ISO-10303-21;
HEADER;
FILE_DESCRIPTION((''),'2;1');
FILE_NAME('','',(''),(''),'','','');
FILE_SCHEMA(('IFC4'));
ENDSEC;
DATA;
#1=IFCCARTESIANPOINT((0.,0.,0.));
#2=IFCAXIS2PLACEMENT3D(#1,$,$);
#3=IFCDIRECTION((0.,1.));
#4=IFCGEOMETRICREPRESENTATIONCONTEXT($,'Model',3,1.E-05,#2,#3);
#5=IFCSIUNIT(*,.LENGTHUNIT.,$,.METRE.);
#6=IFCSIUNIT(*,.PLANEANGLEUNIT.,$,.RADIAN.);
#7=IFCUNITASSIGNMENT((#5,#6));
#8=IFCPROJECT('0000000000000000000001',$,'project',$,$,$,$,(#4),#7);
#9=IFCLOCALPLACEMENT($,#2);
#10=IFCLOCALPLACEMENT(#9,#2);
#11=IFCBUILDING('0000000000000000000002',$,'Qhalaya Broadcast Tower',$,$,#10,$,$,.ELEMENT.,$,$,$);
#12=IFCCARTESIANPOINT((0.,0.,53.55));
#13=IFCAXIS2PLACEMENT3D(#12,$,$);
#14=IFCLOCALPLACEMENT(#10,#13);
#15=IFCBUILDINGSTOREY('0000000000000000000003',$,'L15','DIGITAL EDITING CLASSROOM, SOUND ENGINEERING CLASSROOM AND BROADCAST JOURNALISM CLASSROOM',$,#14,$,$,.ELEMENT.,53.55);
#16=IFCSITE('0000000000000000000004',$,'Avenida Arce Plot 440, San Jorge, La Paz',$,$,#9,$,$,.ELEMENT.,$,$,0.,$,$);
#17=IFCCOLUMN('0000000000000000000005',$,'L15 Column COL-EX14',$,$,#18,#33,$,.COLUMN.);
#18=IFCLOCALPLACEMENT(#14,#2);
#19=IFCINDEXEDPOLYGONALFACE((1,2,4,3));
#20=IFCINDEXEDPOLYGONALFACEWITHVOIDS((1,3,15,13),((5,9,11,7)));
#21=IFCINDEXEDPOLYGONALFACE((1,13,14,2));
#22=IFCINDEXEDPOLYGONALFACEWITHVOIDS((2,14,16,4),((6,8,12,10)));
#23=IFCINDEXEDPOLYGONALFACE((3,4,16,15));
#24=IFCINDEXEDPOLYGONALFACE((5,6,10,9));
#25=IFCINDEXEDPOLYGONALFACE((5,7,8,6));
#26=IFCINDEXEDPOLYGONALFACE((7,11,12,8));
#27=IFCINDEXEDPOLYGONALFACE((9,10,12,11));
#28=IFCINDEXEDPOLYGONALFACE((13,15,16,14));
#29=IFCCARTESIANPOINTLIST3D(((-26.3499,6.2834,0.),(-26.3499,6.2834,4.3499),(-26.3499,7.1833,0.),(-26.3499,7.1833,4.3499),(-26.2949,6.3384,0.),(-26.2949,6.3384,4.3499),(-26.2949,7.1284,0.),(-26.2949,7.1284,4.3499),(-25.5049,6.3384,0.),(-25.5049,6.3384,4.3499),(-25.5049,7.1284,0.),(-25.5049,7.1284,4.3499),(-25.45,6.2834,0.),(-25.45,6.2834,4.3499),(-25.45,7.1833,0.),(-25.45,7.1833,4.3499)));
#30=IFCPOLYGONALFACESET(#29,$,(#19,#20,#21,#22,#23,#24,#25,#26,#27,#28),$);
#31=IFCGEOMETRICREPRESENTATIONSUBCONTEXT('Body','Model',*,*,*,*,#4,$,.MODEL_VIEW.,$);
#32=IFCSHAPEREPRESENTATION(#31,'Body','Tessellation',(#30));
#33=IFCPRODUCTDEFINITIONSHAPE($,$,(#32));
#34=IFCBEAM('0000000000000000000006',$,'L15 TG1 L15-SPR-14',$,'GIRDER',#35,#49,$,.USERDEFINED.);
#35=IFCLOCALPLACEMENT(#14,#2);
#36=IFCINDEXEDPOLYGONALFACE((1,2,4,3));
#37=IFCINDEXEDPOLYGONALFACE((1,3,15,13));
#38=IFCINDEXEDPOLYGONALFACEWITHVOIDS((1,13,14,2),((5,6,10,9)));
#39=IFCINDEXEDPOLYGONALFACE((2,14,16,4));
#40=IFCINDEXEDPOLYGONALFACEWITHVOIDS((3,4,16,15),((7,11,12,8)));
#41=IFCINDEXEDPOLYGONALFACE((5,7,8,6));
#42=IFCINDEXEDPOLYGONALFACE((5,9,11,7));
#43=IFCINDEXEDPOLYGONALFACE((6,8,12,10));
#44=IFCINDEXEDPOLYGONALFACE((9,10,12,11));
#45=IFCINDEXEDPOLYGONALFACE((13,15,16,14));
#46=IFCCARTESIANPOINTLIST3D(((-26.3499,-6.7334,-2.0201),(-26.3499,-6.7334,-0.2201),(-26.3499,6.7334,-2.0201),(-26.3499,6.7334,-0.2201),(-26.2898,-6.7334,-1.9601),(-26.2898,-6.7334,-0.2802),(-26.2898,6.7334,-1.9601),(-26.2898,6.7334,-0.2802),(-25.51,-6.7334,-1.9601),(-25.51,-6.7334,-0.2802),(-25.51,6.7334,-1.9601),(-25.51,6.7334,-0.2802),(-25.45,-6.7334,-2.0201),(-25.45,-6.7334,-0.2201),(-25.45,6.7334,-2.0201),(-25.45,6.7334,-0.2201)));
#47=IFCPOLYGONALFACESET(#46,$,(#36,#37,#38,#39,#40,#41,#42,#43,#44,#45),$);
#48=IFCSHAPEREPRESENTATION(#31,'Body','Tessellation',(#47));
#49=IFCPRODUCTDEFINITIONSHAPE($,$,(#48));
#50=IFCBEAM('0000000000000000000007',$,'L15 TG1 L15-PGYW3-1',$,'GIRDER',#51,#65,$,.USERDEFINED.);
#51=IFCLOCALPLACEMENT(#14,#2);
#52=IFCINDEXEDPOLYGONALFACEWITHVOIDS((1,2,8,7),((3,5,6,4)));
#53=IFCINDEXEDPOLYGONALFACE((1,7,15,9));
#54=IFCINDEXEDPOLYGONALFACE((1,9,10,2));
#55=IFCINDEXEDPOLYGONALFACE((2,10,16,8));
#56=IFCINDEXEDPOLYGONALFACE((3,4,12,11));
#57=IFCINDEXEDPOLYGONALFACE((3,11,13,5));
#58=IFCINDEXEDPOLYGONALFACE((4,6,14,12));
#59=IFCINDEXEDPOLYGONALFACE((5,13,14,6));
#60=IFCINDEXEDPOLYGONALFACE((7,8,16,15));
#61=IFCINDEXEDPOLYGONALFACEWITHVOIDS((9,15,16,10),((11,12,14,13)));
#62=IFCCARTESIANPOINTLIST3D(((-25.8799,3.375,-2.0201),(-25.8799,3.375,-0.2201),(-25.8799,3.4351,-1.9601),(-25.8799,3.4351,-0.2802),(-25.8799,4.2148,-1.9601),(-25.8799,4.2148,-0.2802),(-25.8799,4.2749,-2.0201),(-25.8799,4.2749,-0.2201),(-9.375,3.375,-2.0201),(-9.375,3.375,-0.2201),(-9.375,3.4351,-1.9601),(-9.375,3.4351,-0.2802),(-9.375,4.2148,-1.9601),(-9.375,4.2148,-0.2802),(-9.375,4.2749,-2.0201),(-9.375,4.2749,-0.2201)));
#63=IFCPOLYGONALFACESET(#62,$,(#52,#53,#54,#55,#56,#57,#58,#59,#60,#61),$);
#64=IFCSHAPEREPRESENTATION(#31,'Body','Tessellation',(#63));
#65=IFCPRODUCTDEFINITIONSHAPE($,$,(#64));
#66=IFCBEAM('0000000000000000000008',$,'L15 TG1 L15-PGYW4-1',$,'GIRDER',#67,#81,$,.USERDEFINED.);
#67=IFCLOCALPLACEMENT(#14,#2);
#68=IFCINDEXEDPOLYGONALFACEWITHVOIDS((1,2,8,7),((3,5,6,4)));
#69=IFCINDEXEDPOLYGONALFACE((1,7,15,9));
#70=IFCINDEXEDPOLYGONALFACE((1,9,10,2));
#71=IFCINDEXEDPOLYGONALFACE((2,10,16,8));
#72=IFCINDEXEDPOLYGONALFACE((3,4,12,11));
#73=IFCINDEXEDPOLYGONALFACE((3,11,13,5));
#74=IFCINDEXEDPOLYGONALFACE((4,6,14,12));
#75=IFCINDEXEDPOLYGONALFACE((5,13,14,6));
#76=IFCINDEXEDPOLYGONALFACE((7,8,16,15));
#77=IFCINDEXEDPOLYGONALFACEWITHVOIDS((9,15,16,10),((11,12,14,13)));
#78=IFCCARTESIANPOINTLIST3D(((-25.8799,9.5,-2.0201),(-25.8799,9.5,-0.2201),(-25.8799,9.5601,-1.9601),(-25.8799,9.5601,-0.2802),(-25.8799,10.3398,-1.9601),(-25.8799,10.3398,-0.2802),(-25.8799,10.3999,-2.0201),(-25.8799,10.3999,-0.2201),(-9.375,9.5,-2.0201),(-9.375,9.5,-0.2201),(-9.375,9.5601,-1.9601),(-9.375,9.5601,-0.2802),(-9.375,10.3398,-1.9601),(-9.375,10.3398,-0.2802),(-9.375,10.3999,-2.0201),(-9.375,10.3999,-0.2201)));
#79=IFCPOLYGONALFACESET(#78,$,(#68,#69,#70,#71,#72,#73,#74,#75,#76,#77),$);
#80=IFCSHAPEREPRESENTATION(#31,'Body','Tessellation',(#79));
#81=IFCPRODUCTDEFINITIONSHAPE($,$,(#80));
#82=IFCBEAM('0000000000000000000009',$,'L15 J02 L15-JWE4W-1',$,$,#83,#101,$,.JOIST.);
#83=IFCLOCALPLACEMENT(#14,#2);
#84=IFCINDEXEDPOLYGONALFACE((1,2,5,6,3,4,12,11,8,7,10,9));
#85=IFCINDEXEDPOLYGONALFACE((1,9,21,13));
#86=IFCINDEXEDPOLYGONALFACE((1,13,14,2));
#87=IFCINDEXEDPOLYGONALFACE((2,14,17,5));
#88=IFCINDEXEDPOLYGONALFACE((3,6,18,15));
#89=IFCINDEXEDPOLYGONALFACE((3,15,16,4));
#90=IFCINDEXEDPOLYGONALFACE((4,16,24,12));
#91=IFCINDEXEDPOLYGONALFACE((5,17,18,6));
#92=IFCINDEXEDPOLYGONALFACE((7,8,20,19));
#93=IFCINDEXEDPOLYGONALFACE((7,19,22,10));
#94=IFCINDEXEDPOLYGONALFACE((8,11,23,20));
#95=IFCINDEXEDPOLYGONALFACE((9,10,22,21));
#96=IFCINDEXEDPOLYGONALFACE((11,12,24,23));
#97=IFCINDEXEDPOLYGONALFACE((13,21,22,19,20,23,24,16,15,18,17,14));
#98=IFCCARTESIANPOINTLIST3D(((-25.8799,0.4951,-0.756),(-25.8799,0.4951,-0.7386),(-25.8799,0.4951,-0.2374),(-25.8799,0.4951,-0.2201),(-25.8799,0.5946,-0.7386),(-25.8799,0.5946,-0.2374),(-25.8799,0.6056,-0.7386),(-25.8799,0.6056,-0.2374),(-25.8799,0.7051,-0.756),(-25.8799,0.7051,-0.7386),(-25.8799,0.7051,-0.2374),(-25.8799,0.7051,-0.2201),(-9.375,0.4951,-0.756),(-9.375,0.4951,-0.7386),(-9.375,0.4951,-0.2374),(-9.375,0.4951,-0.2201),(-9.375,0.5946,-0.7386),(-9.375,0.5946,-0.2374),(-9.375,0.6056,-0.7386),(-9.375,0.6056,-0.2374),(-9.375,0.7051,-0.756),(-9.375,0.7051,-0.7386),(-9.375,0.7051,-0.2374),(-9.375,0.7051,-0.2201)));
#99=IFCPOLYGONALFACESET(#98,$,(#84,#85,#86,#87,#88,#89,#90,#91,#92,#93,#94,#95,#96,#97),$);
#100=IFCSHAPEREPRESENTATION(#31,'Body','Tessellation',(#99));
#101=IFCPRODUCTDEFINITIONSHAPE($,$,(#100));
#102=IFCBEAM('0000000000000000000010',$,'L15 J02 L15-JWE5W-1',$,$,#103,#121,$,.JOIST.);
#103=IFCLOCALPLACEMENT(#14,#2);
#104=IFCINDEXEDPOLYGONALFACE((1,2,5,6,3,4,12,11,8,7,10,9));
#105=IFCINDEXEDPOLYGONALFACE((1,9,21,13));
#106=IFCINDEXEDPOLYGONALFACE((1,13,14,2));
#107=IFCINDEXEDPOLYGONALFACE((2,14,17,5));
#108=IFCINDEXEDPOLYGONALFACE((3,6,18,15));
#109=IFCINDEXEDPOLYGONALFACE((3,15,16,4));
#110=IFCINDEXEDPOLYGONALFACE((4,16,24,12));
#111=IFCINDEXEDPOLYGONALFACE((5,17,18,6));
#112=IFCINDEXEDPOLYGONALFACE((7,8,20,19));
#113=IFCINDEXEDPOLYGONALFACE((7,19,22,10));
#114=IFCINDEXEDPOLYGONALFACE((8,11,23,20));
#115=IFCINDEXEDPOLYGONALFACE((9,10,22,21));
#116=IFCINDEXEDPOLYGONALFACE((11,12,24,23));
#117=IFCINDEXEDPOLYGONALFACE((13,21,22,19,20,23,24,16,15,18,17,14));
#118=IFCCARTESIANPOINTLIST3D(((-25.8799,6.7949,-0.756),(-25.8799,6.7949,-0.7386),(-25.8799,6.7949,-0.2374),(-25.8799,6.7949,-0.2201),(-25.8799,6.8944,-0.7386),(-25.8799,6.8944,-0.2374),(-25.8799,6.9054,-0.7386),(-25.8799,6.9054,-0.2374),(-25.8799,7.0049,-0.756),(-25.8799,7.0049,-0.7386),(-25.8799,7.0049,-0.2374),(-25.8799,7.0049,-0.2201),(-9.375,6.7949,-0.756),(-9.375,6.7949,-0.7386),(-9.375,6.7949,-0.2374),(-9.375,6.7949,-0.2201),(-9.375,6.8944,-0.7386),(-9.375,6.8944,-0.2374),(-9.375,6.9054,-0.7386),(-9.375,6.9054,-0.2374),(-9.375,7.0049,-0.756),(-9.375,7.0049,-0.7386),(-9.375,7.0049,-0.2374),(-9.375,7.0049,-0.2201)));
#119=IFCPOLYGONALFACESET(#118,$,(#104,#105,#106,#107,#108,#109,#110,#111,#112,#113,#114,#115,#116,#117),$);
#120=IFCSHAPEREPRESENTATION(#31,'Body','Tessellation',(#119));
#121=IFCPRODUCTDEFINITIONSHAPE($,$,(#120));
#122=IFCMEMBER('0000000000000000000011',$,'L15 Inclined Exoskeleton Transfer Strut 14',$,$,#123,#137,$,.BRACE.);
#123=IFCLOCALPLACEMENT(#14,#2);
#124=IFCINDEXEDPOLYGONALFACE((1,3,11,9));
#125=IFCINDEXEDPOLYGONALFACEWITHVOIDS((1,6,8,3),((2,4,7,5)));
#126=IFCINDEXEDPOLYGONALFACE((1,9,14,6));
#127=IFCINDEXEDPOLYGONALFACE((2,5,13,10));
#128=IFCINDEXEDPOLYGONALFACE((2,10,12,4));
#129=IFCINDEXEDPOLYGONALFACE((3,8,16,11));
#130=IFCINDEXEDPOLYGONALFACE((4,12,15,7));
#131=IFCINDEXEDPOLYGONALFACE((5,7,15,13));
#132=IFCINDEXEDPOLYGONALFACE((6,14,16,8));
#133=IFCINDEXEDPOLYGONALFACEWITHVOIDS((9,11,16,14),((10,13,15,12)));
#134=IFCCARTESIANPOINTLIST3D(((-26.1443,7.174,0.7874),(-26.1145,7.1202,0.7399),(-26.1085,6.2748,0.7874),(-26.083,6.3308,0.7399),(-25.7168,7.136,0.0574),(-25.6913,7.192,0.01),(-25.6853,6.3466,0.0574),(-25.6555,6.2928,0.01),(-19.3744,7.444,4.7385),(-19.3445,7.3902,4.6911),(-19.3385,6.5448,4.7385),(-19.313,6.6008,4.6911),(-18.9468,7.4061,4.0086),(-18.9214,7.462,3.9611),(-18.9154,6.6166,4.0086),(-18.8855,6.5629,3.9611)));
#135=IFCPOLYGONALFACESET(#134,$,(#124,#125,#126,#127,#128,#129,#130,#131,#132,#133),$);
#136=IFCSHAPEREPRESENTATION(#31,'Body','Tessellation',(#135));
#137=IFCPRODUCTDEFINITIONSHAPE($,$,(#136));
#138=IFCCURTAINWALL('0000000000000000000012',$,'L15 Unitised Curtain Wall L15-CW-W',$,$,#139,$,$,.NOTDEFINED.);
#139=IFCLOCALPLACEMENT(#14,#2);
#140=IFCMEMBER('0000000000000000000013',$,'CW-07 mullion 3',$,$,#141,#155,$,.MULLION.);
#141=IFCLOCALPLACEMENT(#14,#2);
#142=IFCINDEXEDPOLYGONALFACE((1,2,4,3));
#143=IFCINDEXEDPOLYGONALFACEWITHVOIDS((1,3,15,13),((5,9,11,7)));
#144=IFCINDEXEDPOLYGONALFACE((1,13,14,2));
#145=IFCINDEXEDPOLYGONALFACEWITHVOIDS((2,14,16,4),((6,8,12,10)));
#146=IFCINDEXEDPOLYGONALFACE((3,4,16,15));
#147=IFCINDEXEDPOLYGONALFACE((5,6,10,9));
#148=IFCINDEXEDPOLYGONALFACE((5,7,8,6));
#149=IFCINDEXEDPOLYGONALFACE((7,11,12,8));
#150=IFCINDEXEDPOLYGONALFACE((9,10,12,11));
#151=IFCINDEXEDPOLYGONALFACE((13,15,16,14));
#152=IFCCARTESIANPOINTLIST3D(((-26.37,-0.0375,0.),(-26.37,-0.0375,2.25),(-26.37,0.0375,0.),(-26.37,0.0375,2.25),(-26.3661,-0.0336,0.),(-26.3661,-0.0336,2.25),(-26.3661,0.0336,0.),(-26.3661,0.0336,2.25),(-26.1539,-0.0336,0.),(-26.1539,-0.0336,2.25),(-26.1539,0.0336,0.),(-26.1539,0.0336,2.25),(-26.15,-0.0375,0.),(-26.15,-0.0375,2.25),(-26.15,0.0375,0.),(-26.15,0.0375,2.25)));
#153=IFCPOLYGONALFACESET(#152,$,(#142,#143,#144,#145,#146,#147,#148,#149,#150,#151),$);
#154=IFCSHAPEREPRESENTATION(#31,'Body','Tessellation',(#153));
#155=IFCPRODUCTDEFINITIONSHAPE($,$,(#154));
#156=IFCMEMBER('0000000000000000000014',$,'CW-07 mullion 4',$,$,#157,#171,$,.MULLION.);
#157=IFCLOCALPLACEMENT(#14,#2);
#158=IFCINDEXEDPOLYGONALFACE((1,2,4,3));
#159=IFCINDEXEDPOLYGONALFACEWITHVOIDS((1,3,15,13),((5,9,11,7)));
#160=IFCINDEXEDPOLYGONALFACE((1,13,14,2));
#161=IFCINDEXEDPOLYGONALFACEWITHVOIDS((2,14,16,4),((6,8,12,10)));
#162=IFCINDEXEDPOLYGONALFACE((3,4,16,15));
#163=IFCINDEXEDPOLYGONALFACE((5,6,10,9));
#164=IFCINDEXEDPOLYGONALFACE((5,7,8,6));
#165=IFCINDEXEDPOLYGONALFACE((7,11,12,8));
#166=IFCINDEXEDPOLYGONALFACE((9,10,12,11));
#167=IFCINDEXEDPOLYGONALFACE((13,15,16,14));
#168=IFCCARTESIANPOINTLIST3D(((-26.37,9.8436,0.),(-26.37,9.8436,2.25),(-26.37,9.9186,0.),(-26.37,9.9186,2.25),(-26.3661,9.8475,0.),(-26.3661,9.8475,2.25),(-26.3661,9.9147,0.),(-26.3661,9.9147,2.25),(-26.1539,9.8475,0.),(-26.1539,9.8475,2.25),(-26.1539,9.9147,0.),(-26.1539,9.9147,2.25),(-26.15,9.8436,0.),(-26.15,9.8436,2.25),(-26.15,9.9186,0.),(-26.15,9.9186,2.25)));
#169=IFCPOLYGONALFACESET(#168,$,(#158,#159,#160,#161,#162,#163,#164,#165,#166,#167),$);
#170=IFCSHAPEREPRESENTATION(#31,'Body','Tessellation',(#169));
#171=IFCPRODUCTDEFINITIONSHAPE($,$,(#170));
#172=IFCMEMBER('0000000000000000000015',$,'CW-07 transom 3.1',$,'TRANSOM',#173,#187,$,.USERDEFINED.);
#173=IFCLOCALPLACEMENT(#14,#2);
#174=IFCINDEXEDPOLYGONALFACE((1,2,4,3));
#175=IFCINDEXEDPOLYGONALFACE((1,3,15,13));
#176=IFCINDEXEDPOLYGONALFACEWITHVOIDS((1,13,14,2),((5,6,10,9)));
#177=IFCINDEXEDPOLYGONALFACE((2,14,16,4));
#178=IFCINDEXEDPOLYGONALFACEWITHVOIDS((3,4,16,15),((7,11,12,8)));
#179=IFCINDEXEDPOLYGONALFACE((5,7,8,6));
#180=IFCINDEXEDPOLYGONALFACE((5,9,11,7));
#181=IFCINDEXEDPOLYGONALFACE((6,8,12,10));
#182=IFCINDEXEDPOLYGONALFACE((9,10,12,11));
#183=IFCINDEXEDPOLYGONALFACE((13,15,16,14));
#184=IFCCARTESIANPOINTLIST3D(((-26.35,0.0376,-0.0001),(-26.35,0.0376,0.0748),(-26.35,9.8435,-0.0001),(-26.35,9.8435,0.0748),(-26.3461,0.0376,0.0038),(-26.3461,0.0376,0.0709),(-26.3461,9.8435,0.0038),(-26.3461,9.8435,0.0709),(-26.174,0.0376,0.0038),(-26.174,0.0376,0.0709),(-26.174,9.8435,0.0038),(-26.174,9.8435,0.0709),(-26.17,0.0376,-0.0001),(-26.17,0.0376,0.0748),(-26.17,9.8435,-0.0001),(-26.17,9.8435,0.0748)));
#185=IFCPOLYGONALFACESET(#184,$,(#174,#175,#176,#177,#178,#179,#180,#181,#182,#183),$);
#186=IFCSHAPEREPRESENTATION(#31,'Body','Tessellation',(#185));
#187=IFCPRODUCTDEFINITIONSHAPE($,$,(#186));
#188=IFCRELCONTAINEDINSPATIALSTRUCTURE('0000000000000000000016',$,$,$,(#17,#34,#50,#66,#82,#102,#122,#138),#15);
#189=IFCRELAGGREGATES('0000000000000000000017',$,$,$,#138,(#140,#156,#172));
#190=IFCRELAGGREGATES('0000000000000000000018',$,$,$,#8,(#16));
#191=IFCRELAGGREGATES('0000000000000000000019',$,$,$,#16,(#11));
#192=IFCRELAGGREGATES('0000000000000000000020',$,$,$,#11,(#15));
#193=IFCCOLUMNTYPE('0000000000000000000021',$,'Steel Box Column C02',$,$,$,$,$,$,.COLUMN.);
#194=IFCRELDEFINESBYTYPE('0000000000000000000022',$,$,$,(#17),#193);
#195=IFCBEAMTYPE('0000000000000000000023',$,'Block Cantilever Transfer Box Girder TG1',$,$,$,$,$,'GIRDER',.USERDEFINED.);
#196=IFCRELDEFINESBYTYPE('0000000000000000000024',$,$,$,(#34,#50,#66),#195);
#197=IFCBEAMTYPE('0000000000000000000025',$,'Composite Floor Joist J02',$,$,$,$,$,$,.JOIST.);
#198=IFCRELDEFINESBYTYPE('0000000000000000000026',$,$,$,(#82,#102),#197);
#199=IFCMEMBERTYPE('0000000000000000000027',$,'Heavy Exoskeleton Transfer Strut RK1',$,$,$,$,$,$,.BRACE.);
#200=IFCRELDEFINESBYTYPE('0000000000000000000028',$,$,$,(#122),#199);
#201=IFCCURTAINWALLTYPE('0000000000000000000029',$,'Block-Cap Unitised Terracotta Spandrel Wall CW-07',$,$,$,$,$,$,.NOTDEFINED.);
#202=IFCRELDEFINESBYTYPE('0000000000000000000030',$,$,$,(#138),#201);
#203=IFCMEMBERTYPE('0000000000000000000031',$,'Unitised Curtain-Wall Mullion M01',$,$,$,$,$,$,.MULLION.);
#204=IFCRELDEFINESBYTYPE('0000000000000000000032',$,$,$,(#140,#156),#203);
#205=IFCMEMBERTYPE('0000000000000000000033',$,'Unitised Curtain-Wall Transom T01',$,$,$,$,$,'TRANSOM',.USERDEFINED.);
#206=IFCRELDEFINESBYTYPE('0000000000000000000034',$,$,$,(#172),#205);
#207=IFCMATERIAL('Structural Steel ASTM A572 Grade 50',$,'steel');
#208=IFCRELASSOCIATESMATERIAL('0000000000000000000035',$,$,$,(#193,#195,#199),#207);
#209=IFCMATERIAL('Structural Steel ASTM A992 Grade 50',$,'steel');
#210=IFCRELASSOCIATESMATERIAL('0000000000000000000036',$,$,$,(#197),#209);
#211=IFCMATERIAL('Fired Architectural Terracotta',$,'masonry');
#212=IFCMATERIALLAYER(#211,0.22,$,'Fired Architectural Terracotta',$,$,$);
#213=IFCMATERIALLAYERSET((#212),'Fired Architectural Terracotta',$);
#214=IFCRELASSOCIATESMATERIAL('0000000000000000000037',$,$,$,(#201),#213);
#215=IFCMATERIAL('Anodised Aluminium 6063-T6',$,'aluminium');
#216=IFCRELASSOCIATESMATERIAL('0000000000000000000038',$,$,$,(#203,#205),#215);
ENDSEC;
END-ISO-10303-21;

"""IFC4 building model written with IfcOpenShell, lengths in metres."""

from ifc_helpers import new_model, si_unit, direction, frame, origin, origin_2d, place, context, subcontext, project, spatial, hollow_rectangle, i_section, extrude, material, layer, layer_set, material_profile, profile_set, type_object, element, aggregate, save


model = new_model("IFC4")

# Units and contexts
model_context = context("Model", 3, precision=1e-05, world=origin(), true_north=direction((0.0, 1.0)))
body_context = subcontext(model_context, "Body", "Model", "MODEL_VIEW")
ifc_project = project(units=[si_unit("LENGTHUNIT", "METRE"), si_unit("PLANEANGLEUNIT", "RADIAN")], contexts=[model_context])

# Site, building, storey
site_placement = place(None, origin())
site = spatial("IfcSite", under=ifc_project, at=site_placement, Name="Avenida Arce Plot 440, San Jorge, La Paz", CompositionType="ELEMENT", RefElevation=0.0)
building_placement = place(site_placement, origin())
building = spatial("IfcBuilding", under=site, at=building_placement, Name="Qhalaya Broadcast Tower", CompositionType="ELEMENT")
storey_placement = place(building_placement, frame((0.0, 0.0, 53.55)))
storey = spatial("IfcBuildingStorey", under=building, at=storey_placement, Name="L15", Description="DIGITAL EDITING CLASSROOM, SOUND ENGINEERING CLASSROOM AND BROADCAST JOURNALISM CLASSROOM", CompositionType="ELEMENT", Elevation=53.55)

# Column
ifc_material_1 = material(Name="Structural Steel ASTM A572 Grade 50", Category="steel")
ifc_material_profile_1 = material_profile(ifc_material_1, hollow_rectangle(XDim=0.8999, YDim=0.8999, WallThickness=0.0549, at=origin_2d()), Name="BOX 900x900x55")
ifc_profile_set_1 = profile_set([ifc_material_profile_1], Name="Structural Steel ASTM A572 Grade 50")
column_type = type_object("IfcColumnType", Name="Steel Box Column C02", PredefinedType="COLUMN", material=ifc_profile_set_1)
column_placement = place(storey_placement, frame((-25.8999, 6.7334, 0.0), z_axis=(0.0, 0.0, 1.0), x_axis=(0.0, 1.0, 0.0)))
element("IfcColumn", 1, at=column_placement, inside=storey, type_object=column_type, Name="L15 Column COL-EX14", PredefinedType="COLUMN", context=body_context, shape_type="SweptSolid", body=[
    extrude(hollow_rectangle(XDim=0.8999, YDim=0.8999, WallThickness=0.0549, at=origin_2d()), origin(), (0.0, 0.0, 1.0), 4.3499),
])

# Beams
ifc_material_profile_2 = material_profile(ifc_material_1, hollow_rectangle(XDim=0.8999, YDim=1.8, WallThickness=0.0601, at=origin_2d()), Name="BOX 900x1800x60")
ifc_profile_set_2 = profile_set([ifc_material_profile_2], Name="Structural Steel ASTM A572 Grade 50")
beam_type_1 = type_object("IfcBeamType", Name="Block Cantilever Transfer Box Girder TG1", ElementType="GIRDER", PredefinedType="USERDEFINED", material=ifc_profile_set_2)
beam_placement = place(storey_placement, frame((-25.8999, 6.7334, -1.1201), z_axis=(0.0, -1.0, 0.0), x_axis=(1.0, 0.0, 0.0)))
element("IfcBeam", 2, at=beam_placement, inside=storey, type_object=beam_type_1, Name="L15 TG1 L15-SPR-14", ObjectType="GIRDER", PredefinedType="USERDEFINED", context=body_context, shape_type="SweptSolid", body=[
    extrude(hollow_rectangle(XDim=0.8999, YDim=1.8, WallThickness=0.0601, at=origin_2d()), origin(), (0.0, 0.0, 1.0), 13.4668),
])
for number, where, z_axis, x_axis, name in (
    (3, (-25.8799, 3.825, -1.1201), (1.0, 0.0, 0.0), (0.0, 1.0, 0.0), "L15 TG1 L15-PGYW3-1"),
    (4, (-25.8799, 9.95, -1.1201), (1.0, 0.0, 0.0), (0.0, 1.0, 0.0), "L15 TG1 L15-PGYW4-1"),
):
    element("IfcBeam", number, at=place(storey_placement, frame(where, z_axis=z_axis, x_axis=x_axis)), inside=storey, type_object=beam_type_1, Name=name, ObjectType="GIRDER", PredefinedType="USERDEFINED", context=body_context, shape_type="SweptSolid", body=[
        extrude(hollow_rectangle(XDim=0.8999, YDim=1.8, WallThickness=0.0601, at=origin_2d()), origin(), (0.0, 0.0, 1.0), 16.5049),
    ])
ifc_material_2 = material(Name="Structural Steel ASTM A992 Grade 50", Category="steel")
ifc_material_profile_3 = material_profile(ifc_material_2, i_section(OverallWidth=0.21, OverallDepth=0.5359, WebThickness=0.011, FlangeThickness=0.0173, at=origin_2d()), Name="W21X68")
ifc_profile_set_3 = profile_set([ifc_material_profile_3], Name="Structural Steel ASTM A992 Grade 50")
beam_type_2 = type_object("IfcBeamType", Name="Composite Floor Joist J02", PredefinedType="JOIST", material=ifc_profile_set_3)
for number, where, z_axis, x_axis, name in (
    (5, (-25.8799, 0.6001, -0.488), (1.0, 0.0, 0.0), (0.0, 1.0, 0.0), "L15 J02 L15-JWE4W-1"),
    (6, (-25.8799, 6.8999, -0.488), (1.0, 0.0, 0.0), (0.0, 1.0, 0.0), "L15 J02 L15-JWE5W-1"),
):
    element("IfcBeam", number, at=place(storey_placement, frame(where, z_axis=z_axis, x_axis=x_axis)), inside=storey, type_object=beam_type_2, Name=name, PredefinedType="JOIST", context=body_context, shape_type="SweptSolid", body=[
        extrude(i_section(OverallWidth=0.21, OverallDepth=0.5359, WebThickness=0.011, FlangeThickness=0.0173, at=origin_2d()), origin(), (0.0, 0.0, 1.0), 16.5049),
    ])

# Member
ifc_material_profile_4 = material_profile(ifc_material_1, hollow_rectangle(XDim=0.8999, YDim=0.8999, WallThickness=0.0549, at=origin_2d()), Name="BOX 900x900x55")
ifc_profile_set_4 = profile_set([ifc_material_profile_4], Name="Structural Steel ASTM A572 Grade 50")
member_type_1 = type_object("IfcMemberType", Name="Heavy Exoskeleton Transfer Strut RK1", PredefinedType="BRACE", material=ifc_profile_set_4)
member_1_placement = place(storey_placement, frame((-25.8999, 6.7334, 0.3987), z_axis=(0.863156, 0.034427, 0.503762), x_axis=(-0.039853, 0.999206, 0.0)))
element("IfcMember", 7, at=member_1_placement, inside=storey, type_object=member_type_1, Name="L15 Inclined Exoskeleton Transfer Strut 14", PredefinedType="BRACE", context=body_context, shape_type="SweptSolid", body=[
    extrude(hollow_rectangle(XDim=0.8999, YDim=0.8999, WallThickness=0.0549, at=origin_2d()), origin(), (0.0, 0.0, 1.0), 7.8433),
])

# Curtain wall, members
ifc_material_3 = material(Name="Fired Architectural Terracotta", Category="masonry")
ifc_layer_1 = layer(ifc_material_3, 0.22, Name="Fired Architectural Terracotta")
ifc_layer_set_1 = layer_set([ifc_layer_1], Name="Fired Architectural Terracotta")
curtain_wall_type = type_object("IfcCurtainWallType", Name="Block-Cap Unitised Terracotta Spandrel Wall CW-07", PredefinedType="NOTDEFINED", material=ifc_layer_set_1)
curtain_wall_placement = place(storey_placement, origin())
curtain_wall = element("IfcCurtainWall", 8, at=curtain_wall_placement, inside=storey, type_object=curtain_wall_type, Name="L15 Unitised Curtain Wall L15-CW-W", PredefinedType="NOTDEFINED")
ifc_material_4 = material(Name="Anodised Aluminium 6063-T6", Category="aluminium")
ifc_material_profile_5 = material_profile(ifc_material_4, hollow_rectangle(XDim=0.075, YDim=0.22, WallThickness=0.0039, at=origin_2d()), Name="ALU-MUL 75x220x4")
ifc_profile_set_5 = profile_set([ifc_material_profile_5], Name="Anodised Aluminium 6063-T6")
member_type_2 = type_object("IfcMemberType", Name="Unitised Curtain-Wall Mullion M01", PredefinedType="MULLION", material=ifc_profile_set_5)
member_2_placement = place(storey_placement, frame((-26.26, 0.0, 0.0), z_axis=(0.0, 0.0, 1.0), x_axis=(0.0, 1.0, 0.0)))
member_2 = element("IfcMember", 9, at=member_2_placement, type_object=member_type_2, Name="CW-07 mullion 3", PredefinedType="MULLION", context=body_context, shape_type="SweptSolid", body=[
    extrude(hollow_rectangle(XDim=0.075, YDim=0.22, WallThickness=0.0039, at=origin_2d()), origin(), (0.0, 0.0, 1.0), 2.25),
])
member_3_placement = place(storey_placement, frame((-26.26, 9.8811, 0.0), z_axis=(0.0, 0.0, 1.0), x_axis=(0.0, 1.0, 0.0)))
member_3 = element("IfcMember", 10, at=member_3_placement, type_object=member_type_2, Name="CW-07 mullion 4", PredefinedType="MULLION", context=body_context, shape_type="SweptSolid", body=[
    extrude(hollow_rectangle(XDim=0.075, YDim=0.22, WallThickness=0.0039, at=origin_2d()), origin(), (0.0, 0.0, 1.0), 2.25),
])
ifc_material_profile_6 = material_profile(ifc_material_4, hollow_rectangle(XDim=0.075, YDim=0.1799, WallThickness=0.0039, at=origin_2d()), Name="ALU-TRN 75x180x4")
ifc_profile_set_6 = profile_set([ifc_material_profile_6], Name="Anodised Aluminium 6063-T6")
member_type_3 = type_object("IfcMemberType", Name="Unitised Curtain-Wall Transom T01", ElementType="TRANSOM", PredefinedType="USERDEFINED", material=ifc_profile_set_6)
member_4_placement = place(storey_placement, frame((-26.26, 0.0376, 0.0374), z_axis=(0.0, 1.0, 0.0), x_axis=(0.0, 0.0, 1.0)))
member_4 = element("IfcMember", 11, at=member_4_placement, type_object=member_type_3, Name="CW-07 transom 3.1", ObjectType="TRANSOM", PredefinedType="USERDEFINED", context=body_context, shape_type="SweptSolid", body=[
    extrude(hollow_rectangle(XDim=0.075, YDim=0.1799, WallThickness=0.0039, at=origin_2d()), origin(), (0.0, 0.0, 1.0), 9.8059),
])

aggregate(curtain_wall, [member_2, member_3, member_4])

save(model, "model.ifc")
